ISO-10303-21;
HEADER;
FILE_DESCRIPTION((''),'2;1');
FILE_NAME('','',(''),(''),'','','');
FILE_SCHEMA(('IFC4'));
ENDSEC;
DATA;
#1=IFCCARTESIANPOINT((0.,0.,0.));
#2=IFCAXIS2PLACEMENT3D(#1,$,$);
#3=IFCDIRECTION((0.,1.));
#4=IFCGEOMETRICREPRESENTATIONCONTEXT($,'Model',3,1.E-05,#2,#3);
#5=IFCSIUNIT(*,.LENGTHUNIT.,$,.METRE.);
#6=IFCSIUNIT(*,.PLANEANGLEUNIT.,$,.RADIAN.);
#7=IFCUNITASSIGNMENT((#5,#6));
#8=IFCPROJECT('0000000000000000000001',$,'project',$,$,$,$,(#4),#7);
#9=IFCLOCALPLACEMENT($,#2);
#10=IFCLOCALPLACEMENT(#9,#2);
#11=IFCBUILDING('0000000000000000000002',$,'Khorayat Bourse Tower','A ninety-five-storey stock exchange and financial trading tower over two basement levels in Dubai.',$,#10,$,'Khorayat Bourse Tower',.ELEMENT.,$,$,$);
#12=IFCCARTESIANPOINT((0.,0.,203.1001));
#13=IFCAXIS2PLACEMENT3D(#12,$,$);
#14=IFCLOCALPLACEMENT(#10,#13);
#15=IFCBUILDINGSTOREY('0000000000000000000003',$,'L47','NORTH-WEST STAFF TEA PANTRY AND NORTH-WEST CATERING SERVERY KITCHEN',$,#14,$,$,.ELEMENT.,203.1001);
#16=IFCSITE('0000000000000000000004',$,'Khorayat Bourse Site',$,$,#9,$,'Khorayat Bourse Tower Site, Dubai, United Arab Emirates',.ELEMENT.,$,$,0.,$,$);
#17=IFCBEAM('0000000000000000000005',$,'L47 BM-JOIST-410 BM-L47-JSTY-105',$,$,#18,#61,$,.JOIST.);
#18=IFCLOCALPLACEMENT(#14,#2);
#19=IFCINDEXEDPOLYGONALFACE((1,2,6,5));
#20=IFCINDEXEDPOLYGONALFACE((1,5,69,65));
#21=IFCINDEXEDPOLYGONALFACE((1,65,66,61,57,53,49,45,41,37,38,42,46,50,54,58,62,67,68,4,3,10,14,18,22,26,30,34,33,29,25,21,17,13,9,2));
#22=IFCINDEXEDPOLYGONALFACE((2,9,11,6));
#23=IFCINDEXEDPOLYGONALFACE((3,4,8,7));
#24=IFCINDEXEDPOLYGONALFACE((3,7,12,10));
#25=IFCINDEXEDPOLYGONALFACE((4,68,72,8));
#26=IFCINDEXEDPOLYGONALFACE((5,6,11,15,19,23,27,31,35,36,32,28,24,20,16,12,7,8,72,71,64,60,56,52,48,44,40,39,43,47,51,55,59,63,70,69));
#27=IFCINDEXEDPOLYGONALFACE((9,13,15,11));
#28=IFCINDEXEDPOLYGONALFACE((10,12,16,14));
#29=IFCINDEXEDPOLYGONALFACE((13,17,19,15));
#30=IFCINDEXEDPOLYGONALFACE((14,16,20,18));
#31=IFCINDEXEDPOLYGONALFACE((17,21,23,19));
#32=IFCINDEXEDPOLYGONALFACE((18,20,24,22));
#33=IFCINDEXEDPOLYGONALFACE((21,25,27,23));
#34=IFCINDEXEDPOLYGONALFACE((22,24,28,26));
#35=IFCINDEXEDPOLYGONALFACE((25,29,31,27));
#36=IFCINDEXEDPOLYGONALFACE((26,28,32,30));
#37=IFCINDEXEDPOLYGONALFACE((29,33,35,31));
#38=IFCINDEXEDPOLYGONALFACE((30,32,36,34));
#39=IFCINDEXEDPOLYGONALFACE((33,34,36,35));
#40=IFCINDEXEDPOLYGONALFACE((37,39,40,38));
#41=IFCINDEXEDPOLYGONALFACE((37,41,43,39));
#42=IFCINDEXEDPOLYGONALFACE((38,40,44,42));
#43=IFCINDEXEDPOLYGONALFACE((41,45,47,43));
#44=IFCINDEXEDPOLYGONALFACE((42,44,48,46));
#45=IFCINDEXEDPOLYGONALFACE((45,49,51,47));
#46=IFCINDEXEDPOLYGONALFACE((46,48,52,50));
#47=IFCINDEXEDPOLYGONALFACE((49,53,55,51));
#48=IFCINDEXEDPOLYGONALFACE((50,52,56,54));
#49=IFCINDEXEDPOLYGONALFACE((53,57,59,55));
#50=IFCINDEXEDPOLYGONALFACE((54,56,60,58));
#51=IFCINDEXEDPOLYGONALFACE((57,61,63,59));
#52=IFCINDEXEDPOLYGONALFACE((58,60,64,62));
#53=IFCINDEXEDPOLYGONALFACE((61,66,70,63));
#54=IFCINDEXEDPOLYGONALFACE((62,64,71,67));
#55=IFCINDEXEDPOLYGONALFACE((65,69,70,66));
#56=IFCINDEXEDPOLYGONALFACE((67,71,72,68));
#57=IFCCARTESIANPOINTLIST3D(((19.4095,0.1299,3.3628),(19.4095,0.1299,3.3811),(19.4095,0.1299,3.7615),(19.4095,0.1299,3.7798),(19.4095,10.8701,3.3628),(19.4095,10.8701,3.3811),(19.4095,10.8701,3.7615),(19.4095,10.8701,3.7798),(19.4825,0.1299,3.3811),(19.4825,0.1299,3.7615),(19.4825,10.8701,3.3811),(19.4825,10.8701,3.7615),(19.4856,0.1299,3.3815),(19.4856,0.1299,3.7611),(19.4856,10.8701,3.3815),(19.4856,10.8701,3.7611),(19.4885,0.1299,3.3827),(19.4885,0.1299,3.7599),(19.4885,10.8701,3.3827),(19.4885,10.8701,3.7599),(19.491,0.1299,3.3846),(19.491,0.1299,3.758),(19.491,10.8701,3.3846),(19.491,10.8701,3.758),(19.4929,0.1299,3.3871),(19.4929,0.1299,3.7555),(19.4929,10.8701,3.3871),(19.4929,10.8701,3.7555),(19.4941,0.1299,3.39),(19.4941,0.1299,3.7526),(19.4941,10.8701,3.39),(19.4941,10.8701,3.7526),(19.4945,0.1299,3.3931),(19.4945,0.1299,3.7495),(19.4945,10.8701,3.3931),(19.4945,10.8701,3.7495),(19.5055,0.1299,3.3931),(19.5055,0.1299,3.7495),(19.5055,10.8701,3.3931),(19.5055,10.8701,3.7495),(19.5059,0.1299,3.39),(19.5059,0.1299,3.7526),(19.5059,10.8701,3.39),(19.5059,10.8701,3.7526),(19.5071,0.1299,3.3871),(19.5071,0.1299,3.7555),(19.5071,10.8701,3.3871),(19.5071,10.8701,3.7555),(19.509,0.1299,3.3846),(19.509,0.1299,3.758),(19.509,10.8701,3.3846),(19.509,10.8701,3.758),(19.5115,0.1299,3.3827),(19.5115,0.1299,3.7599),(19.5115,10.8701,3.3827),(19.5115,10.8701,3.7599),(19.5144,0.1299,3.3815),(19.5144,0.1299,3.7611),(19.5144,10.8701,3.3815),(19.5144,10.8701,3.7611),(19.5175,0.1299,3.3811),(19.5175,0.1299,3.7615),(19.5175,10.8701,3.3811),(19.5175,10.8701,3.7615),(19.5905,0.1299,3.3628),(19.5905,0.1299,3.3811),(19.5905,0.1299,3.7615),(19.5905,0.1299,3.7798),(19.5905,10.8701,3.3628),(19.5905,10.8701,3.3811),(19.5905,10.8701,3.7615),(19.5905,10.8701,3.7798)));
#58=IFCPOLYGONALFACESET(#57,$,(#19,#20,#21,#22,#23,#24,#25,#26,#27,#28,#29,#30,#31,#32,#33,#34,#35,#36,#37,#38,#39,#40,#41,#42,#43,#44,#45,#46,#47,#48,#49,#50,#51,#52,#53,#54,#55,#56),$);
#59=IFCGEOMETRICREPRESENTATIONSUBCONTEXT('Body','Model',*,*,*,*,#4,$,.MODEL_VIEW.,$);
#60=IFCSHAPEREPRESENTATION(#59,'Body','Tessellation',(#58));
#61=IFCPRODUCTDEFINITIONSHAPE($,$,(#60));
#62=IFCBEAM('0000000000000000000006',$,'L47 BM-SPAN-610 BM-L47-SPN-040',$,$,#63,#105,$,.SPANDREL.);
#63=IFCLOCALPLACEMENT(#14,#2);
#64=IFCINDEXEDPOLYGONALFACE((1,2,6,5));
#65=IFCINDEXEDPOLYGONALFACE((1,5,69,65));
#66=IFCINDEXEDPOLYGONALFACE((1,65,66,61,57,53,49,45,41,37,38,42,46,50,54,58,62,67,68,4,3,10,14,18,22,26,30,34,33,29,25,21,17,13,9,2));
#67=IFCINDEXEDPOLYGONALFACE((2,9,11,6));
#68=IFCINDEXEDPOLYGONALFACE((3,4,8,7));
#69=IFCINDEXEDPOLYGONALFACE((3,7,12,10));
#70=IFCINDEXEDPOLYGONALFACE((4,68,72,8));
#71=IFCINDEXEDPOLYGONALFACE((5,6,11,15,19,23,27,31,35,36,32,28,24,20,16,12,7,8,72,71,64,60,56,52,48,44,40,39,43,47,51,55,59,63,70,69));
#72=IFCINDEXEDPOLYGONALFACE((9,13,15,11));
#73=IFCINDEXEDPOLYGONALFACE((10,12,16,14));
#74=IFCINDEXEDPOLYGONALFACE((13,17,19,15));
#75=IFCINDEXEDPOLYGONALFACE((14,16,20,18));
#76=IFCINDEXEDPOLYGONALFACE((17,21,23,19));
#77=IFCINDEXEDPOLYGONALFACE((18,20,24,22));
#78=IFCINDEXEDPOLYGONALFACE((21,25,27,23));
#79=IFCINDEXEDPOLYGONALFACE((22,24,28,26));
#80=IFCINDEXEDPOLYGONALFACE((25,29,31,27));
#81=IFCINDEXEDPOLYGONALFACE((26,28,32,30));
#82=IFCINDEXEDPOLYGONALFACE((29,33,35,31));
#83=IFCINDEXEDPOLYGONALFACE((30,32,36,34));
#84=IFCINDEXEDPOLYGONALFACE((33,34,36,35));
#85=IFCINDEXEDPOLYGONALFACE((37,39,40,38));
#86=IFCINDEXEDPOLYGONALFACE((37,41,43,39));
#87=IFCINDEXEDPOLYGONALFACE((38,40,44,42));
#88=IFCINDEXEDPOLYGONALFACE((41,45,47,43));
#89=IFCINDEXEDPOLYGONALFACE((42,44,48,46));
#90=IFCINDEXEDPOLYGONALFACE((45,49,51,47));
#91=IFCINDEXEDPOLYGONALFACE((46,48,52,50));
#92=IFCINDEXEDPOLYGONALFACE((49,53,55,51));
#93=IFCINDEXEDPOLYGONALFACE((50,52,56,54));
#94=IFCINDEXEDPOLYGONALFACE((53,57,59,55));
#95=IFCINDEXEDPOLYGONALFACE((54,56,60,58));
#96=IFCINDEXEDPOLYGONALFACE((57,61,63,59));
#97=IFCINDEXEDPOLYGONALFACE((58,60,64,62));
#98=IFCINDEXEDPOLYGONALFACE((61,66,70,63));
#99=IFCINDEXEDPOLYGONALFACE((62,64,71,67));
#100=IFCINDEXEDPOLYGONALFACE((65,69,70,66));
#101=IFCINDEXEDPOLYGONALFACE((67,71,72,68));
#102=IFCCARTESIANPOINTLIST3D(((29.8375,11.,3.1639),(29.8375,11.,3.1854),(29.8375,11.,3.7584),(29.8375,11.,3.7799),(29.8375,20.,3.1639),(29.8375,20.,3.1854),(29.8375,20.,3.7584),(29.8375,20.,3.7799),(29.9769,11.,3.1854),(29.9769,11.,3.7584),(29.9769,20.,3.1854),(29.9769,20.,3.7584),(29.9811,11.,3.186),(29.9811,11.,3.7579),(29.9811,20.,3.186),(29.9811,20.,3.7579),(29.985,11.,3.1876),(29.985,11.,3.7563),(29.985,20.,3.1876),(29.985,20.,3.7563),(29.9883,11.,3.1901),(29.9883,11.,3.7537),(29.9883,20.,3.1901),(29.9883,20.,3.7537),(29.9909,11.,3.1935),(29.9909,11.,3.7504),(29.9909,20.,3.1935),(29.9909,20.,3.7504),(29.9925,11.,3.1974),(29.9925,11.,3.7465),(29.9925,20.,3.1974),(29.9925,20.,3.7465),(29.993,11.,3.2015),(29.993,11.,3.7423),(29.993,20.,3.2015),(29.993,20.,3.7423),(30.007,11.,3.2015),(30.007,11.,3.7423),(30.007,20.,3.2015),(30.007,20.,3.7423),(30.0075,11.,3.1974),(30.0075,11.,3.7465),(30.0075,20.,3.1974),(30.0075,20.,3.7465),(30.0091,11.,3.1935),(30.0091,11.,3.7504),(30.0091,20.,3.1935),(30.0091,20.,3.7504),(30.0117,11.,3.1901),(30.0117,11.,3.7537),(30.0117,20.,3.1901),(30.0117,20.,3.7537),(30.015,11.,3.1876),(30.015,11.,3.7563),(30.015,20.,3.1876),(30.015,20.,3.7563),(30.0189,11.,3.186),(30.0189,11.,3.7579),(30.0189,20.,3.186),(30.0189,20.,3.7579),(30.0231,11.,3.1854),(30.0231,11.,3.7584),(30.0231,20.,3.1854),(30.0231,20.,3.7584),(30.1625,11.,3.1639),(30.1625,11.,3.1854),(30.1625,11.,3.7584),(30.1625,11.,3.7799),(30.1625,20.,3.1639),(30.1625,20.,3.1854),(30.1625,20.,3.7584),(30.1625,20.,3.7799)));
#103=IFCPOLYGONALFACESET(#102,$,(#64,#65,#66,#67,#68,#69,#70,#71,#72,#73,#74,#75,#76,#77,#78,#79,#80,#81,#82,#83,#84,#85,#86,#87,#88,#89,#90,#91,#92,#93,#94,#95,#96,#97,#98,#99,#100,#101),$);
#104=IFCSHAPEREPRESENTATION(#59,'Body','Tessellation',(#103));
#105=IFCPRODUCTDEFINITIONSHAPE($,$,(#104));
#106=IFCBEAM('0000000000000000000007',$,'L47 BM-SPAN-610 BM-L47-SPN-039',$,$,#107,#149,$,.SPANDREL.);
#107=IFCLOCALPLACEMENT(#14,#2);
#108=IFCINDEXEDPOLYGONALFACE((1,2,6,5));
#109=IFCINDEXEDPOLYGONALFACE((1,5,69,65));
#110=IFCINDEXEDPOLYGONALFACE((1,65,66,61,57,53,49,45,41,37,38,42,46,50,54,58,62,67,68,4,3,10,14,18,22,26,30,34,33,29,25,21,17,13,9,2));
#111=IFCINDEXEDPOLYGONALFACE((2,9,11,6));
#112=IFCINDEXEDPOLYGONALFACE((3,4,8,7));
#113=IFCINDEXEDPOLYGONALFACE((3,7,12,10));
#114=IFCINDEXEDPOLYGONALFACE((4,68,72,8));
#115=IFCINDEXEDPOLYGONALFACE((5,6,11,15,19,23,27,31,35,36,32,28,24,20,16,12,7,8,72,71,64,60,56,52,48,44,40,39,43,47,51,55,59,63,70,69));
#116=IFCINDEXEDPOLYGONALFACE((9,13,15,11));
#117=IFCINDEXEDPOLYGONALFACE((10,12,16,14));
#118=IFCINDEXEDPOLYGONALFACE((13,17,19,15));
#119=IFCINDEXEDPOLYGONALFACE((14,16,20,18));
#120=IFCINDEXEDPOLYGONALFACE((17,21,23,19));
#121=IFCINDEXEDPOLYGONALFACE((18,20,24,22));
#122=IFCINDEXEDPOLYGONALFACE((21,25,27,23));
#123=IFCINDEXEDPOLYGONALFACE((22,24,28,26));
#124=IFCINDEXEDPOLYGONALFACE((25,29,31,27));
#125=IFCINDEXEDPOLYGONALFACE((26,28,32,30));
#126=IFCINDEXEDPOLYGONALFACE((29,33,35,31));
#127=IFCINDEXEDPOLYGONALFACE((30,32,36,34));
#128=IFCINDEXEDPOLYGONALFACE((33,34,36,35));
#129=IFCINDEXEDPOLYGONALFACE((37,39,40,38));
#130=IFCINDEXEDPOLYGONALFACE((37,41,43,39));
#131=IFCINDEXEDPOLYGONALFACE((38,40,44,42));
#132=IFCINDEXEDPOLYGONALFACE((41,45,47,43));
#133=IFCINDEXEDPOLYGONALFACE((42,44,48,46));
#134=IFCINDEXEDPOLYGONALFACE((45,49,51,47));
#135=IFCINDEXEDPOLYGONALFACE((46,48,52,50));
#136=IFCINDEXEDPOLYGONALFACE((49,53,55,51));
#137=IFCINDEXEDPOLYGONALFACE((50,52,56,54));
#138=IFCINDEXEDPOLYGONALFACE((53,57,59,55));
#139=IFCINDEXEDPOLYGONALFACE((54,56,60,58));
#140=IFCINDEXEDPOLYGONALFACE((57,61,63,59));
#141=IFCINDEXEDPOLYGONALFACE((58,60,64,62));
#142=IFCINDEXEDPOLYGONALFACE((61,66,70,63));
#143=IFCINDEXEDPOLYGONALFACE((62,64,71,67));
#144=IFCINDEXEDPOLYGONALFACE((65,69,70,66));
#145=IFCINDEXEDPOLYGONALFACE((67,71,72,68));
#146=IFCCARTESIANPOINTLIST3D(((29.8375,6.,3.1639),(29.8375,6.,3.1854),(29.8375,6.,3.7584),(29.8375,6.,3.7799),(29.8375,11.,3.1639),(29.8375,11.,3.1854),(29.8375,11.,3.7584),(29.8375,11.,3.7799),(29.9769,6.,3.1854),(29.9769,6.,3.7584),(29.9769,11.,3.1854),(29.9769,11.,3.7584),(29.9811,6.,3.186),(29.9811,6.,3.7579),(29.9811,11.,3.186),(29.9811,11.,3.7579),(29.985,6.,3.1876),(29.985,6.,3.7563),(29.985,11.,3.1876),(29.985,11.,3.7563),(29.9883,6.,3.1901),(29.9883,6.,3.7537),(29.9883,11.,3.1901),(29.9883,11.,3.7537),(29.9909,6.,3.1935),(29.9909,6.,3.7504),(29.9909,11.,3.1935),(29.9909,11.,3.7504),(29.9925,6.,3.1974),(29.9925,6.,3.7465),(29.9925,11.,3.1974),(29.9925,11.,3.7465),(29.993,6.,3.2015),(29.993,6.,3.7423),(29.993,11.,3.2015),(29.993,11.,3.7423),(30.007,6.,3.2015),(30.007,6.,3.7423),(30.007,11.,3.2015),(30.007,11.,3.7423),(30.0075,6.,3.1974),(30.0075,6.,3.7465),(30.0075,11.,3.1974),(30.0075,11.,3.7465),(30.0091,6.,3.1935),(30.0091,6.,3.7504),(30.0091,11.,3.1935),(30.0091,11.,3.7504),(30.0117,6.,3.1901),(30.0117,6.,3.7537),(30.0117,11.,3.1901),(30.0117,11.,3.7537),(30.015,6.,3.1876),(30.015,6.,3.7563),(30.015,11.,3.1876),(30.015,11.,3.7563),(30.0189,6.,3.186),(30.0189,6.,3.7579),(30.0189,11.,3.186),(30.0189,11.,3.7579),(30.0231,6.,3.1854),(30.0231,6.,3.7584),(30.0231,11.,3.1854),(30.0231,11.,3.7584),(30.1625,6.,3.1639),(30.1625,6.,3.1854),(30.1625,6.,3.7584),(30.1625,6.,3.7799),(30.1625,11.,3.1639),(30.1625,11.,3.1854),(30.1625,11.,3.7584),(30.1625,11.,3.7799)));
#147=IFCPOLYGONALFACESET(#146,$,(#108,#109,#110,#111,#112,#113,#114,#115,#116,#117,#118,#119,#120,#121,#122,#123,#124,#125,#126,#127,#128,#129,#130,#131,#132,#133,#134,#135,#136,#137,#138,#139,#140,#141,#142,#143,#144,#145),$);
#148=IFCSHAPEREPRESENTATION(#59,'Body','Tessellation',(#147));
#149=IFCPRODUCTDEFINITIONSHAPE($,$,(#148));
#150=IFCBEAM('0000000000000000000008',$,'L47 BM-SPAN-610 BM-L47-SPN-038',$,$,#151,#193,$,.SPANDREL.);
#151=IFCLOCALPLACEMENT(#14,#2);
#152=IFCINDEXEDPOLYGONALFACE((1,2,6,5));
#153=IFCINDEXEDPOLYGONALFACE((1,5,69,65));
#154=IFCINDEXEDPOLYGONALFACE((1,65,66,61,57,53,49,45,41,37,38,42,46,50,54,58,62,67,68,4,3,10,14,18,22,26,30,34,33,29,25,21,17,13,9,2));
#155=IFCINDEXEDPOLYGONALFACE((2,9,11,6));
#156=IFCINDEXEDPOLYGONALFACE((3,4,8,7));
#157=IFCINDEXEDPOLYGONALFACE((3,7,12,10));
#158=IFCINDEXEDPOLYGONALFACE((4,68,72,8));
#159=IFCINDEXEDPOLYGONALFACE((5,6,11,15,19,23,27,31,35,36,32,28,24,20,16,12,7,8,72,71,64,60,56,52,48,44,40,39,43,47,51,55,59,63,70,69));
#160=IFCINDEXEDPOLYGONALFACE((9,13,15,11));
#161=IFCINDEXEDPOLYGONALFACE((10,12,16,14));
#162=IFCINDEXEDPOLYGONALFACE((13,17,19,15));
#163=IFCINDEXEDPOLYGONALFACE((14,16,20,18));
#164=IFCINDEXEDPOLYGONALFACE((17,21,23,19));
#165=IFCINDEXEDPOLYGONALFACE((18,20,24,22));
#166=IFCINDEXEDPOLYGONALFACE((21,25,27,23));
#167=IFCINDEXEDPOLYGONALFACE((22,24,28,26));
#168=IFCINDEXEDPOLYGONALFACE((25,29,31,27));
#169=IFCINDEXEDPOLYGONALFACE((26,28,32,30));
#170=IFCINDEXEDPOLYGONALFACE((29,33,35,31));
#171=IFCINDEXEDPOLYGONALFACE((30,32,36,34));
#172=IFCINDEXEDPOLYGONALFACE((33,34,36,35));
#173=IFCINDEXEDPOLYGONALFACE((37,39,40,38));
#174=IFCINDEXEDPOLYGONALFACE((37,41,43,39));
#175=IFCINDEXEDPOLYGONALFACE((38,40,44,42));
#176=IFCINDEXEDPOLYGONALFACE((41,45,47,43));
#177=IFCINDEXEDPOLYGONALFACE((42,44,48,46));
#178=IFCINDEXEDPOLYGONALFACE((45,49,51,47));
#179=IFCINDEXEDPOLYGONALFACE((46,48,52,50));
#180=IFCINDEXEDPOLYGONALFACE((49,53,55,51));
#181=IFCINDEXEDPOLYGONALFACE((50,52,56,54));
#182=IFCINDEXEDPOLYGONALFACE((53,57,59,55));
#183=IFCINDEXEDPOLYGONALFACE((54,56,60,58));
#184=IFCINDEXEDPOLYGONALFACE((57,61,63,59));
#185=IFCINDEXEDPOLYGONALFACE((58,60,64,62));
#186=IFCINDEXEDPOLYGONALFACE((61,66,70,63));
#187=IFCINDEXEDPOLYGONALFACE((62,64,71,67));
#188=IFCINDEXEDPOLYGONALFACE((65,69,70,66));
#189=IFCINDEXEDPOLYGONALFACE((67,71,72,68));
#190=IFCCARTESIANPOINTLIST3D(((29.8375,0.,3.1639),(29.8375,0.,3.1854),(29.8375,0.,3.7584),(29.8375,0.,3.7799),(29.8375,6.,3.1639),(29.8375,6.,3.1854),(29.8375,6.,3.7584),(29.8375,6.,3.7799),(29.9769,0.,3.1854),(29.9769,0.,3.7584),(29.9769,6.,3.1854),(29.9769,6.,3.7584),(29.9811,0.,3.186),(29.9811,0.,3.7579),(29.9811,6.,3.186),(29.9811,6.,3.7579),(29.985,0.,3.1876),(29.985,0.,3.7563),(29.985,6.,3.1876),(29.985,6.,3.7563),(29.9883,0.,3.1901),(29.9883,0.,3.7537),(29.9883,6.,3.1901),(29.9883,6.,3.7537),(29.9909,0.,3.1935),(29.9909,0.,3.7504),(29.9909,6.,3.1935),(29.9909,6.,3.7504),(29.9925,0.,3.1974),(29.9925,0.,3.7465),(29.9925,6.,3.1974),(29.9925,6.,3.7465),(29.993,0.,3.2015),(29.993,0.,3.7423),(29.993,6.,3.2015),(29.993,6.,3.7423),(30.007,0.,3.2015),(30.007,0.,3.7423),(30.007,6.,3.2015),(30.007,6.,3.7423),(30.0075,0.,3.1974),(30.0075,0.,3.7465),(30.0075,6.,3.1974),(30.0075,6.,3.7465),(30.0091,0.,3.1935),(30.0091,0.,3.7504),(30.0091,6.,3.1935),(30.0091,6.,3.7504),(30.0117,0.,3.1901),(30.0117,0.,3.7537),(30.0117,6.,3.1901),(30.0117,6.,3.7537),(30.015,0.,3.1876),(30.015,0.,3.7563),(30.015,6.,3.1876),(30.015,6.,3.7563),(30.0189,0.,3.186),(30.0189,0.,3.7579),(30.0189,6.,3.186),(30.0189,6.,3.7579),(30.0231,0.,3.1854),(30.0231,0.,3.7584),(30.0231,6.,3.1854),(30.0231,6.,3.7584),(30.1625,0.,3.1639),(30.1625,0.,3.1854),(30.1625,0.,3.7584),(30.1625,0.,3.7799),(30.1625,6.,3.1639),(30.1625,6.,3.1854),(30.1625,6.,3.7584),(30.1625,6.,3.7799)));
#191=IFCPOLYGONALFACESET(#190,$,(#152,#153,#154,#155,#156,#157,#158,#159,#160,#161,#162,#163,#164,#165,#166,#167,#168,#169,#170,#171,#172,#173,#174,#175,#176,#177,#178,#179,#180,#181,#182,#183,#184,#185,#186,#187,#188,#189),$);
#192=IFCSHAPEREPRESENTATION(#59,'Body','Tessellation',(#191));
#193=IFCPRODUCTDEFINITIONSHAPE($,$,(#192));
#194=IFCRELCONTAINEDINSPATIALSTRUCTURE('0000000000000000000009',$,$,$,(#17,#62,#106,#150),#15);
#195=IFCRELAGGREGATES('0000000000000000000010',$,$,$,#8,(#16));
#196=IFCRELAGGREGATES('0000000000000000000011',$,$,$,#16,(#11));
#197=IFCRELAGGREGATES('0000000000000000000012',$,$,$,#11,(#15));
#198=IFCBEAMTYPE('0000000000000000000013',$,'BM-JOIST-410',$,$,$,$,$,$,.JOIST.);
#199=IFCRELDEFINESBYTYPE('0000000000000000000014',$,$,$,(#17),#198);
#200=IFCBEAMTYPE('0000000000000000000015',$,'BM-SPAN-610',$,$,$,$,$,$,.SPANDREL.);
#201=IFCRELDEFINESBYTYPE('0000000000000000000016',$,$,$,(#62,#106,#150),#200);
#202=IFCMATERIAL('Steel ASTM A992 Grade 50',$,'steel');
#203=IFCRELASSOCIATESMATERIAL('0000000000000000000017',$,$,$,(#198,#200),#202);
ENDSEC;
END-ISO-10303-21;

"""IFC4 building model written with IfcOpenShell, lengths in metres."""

from ifc_helpers import new_model, si_unit, direction, frame, origin, origin_2d, place, context, subcontext, project, spatial, i_section, extrude, source, transform, mapped, material, material_profile, profile_set, type_object, element, save


model = new_model("IFC4")

# Units and contexts
model_context = context("Model", 3, precision=1e-05, world=origin(), true_north=direction((0.0, 1.0)))
body_context = subcontext(model_context, "Body", "Model", "MODEL_VIEW")
ifc_project = project(units=[si_unit("LENGTHUNIT", "METRE"), si_unit("PLANEANGLEUNIT", "RADIAN")], contexts=[model_context])

# Site, building, storey
site_placement = place(None, origin())
site = spatial("IfcSite", under=ifc_project, at=site_placement, Name="Khorayat Bourse Site", LongName="Khorayat Bourse Tower Site, Dubai, United Arab Emirates", CompositionType="ELEMENT", RefElevation=0.0)
building_placement = place(site_placement, origin())
building = spatial("IfcBuilding", under=site, at=building_placement, Name="Khorayat Bourse Tower", Description="A ninety-five-storey stock exchange and financial trading tower over two basement levels in Dubai.", LongName="Khorayat Bourse Tower", CompositionType="ELEMENT")
storey_placement = place(building_placement, frame((0.0, 0.0, 203.1001)))
storey = spatial("IfcBuildingStorey", under=building, at=storey_placement, Name="L47", Description="NORTH-WEST STAFF TEA PANTRY AND NORTH-WEST CATERING SERVERY KITCHEN", CompositionType="ELEMENT", Elevation=203.1001)

# Beams
ifc_material_1 = material(Name="Steel ASTM A992 Grade 50", Category="steel")
ifc_material_profile_1 = material_profile(ifc_material_1, i_section(OverallWidth=0.1809, OverallDepth=0.417, WebThickness=0.011, FlangeThickness=0.0183, FilletRadius=0.012, at=origin_2d()), Name="W410X85")
ifc_profile_set_1 = profile_set([ifc_material_profile_1], Name="Steel ASTM A992 Grade 50")
beam_type_1 = type_object("IfcBeamType", Name="BM-JOIST-410", PredefinedType="JOIST", material=ifc_profile_set_1)
shared_shape_1 = source(origin(), body_context, "Body", "SweptSolid", [
    extrude(i_section(OverallWidth=0.1809, OverallDepth=0.417, WebThickness=0.011, FlangeThickness=0.0183, FilletRadius=0.012, at=origin_2d()), origin(), (0.0, 0.0, 1.0), 10.7402),
])
beam_1_placement = place(storey_placement, frame((19.5, 0.1299, 3.5713), z_axis=(0.0, 1.0, 0.0), x_axis=(-1.0, 0.0, 0.0)))
element("IfcBeam", 1, at=beam_1_placement, inside=storey, type_object=beam_type_1, Name="L47 BM-JOIST-410 BM-L47-JSTY-105", PredefinedType="JOIST", context=body_context, shape_type="MappedRepresentation", body=[
    mapped(shared_shape_1, transform((0.0, 0.0, 0.0), scale=1.0)),
])
ifc_material_profile_2 = material_profile(ifc_material_1, i_section(OverallWidth=0.325, OverallDepth=0.616, WebThickness=0.0139, FlangeThickness=0.0215, FilletRadius=0.0161, at=origin_2d()), Name="W610X174")
ifc_profile_set_2 = profile_set([ifc_material_profile_2], Name="Steel ASTM A992 Grade 50")
beam_type_2 = type_object("IfcBeamType", Name="BM-SPAN-610", PredefinedType="SPANDREL", material=ifc_profile_set_2)
shared_shape_2 = source(origin(), body_context, "Body", "SweptSolid", [
    extrude(i_section(OverallWidth=0.325, OverallDepth=0.616, WebThickness=0.0139, FlangeThickness=0.0215, FilletRadius=0.0161, at=origin_2d()), origin(), (0.0, 0.0, 1.0), 9.0),
])
beam_2_placement = place(storey_placement, frame((30.0, 11.0, 3.4719), z_axis=(0.0, 1.0, 0.0), x_axis=(-1.0, 0.0, 0.0)))
element("IfcBeam", 2, at=beam_2_placement, inside=storey, type_object=beam_type_2, Name="L47 BM-SPAN-610 BM-L47-SPN-040", PredefinedType="SPANDREL", context=body_context, shape_type="MappedRepresentation", body=[
    mapped(shared_shape_2, transform((0.0, 0.0, 0.0), scale=1.0)),
])
shared_shape_3 = source(origin(), body_context, "Body", "SweptSolid", [
    extrude(i_section(OverallWidth=0.325, OverallDepth=0.616, WebThickness=0.0139, FlangeThickness=0.0215, FilletRadius=0.0161, at=origin_2d()), origin(), (0.0, 0.0, 1.0), 5.0),
])
beam_3_placement = place(storey_placement, frame((30.0, 6.0, 3.4719), z_axis=(0.0, 1.0, 0.0), x_axis=(-1.0, 0.0, 0.0)))
element("IfcBeam", 3, at=beam_3_placement, inside=storey, type_object=beam_type_2, Name="L47 BM-SPAN-610 BM-L47-SPN-039", PredefinedType="SPANDREL", context=body_context, shape_type="MappedRepresentation", body=[
    mapped(shared_shape_3, transform((0.0, 0.0, 0.0), scale=1.0)),
])
shared_shape_4 = source(origin(), body_context, "Body", "SweptSolid", [
    extrude(i_section(OverallWidth=0.325, OverallDepth=0.616, WebThickness=0.0139, FlangeThickness=0.0215, FilletRadius=0.0161, at=origin_2d()), origin(), (0.0, 0.0, 1.0), 6.0),
])
beam_4_placement = place(storey_placement, frame((30.0, 0.0, 3.4719), z_axis=(0.0, 1.0, 0.0), x_axis=(-1.0, 0.0, 0.0)))
element("IfcBeam", 4, at=beam_4_placement, inside=storey, type_object=beam_type_2, Name="L47 BM-SPAN-610 BM-L47-SPN-038", PredefinedType="SPANDREL", context=body_context, shape_type="MappedRepresentation", body=[
    mapped(shared_shape_4, transform((0.0, 0.0, 0.0), scale=1.0)),
])

save(model, "model.ifc")
